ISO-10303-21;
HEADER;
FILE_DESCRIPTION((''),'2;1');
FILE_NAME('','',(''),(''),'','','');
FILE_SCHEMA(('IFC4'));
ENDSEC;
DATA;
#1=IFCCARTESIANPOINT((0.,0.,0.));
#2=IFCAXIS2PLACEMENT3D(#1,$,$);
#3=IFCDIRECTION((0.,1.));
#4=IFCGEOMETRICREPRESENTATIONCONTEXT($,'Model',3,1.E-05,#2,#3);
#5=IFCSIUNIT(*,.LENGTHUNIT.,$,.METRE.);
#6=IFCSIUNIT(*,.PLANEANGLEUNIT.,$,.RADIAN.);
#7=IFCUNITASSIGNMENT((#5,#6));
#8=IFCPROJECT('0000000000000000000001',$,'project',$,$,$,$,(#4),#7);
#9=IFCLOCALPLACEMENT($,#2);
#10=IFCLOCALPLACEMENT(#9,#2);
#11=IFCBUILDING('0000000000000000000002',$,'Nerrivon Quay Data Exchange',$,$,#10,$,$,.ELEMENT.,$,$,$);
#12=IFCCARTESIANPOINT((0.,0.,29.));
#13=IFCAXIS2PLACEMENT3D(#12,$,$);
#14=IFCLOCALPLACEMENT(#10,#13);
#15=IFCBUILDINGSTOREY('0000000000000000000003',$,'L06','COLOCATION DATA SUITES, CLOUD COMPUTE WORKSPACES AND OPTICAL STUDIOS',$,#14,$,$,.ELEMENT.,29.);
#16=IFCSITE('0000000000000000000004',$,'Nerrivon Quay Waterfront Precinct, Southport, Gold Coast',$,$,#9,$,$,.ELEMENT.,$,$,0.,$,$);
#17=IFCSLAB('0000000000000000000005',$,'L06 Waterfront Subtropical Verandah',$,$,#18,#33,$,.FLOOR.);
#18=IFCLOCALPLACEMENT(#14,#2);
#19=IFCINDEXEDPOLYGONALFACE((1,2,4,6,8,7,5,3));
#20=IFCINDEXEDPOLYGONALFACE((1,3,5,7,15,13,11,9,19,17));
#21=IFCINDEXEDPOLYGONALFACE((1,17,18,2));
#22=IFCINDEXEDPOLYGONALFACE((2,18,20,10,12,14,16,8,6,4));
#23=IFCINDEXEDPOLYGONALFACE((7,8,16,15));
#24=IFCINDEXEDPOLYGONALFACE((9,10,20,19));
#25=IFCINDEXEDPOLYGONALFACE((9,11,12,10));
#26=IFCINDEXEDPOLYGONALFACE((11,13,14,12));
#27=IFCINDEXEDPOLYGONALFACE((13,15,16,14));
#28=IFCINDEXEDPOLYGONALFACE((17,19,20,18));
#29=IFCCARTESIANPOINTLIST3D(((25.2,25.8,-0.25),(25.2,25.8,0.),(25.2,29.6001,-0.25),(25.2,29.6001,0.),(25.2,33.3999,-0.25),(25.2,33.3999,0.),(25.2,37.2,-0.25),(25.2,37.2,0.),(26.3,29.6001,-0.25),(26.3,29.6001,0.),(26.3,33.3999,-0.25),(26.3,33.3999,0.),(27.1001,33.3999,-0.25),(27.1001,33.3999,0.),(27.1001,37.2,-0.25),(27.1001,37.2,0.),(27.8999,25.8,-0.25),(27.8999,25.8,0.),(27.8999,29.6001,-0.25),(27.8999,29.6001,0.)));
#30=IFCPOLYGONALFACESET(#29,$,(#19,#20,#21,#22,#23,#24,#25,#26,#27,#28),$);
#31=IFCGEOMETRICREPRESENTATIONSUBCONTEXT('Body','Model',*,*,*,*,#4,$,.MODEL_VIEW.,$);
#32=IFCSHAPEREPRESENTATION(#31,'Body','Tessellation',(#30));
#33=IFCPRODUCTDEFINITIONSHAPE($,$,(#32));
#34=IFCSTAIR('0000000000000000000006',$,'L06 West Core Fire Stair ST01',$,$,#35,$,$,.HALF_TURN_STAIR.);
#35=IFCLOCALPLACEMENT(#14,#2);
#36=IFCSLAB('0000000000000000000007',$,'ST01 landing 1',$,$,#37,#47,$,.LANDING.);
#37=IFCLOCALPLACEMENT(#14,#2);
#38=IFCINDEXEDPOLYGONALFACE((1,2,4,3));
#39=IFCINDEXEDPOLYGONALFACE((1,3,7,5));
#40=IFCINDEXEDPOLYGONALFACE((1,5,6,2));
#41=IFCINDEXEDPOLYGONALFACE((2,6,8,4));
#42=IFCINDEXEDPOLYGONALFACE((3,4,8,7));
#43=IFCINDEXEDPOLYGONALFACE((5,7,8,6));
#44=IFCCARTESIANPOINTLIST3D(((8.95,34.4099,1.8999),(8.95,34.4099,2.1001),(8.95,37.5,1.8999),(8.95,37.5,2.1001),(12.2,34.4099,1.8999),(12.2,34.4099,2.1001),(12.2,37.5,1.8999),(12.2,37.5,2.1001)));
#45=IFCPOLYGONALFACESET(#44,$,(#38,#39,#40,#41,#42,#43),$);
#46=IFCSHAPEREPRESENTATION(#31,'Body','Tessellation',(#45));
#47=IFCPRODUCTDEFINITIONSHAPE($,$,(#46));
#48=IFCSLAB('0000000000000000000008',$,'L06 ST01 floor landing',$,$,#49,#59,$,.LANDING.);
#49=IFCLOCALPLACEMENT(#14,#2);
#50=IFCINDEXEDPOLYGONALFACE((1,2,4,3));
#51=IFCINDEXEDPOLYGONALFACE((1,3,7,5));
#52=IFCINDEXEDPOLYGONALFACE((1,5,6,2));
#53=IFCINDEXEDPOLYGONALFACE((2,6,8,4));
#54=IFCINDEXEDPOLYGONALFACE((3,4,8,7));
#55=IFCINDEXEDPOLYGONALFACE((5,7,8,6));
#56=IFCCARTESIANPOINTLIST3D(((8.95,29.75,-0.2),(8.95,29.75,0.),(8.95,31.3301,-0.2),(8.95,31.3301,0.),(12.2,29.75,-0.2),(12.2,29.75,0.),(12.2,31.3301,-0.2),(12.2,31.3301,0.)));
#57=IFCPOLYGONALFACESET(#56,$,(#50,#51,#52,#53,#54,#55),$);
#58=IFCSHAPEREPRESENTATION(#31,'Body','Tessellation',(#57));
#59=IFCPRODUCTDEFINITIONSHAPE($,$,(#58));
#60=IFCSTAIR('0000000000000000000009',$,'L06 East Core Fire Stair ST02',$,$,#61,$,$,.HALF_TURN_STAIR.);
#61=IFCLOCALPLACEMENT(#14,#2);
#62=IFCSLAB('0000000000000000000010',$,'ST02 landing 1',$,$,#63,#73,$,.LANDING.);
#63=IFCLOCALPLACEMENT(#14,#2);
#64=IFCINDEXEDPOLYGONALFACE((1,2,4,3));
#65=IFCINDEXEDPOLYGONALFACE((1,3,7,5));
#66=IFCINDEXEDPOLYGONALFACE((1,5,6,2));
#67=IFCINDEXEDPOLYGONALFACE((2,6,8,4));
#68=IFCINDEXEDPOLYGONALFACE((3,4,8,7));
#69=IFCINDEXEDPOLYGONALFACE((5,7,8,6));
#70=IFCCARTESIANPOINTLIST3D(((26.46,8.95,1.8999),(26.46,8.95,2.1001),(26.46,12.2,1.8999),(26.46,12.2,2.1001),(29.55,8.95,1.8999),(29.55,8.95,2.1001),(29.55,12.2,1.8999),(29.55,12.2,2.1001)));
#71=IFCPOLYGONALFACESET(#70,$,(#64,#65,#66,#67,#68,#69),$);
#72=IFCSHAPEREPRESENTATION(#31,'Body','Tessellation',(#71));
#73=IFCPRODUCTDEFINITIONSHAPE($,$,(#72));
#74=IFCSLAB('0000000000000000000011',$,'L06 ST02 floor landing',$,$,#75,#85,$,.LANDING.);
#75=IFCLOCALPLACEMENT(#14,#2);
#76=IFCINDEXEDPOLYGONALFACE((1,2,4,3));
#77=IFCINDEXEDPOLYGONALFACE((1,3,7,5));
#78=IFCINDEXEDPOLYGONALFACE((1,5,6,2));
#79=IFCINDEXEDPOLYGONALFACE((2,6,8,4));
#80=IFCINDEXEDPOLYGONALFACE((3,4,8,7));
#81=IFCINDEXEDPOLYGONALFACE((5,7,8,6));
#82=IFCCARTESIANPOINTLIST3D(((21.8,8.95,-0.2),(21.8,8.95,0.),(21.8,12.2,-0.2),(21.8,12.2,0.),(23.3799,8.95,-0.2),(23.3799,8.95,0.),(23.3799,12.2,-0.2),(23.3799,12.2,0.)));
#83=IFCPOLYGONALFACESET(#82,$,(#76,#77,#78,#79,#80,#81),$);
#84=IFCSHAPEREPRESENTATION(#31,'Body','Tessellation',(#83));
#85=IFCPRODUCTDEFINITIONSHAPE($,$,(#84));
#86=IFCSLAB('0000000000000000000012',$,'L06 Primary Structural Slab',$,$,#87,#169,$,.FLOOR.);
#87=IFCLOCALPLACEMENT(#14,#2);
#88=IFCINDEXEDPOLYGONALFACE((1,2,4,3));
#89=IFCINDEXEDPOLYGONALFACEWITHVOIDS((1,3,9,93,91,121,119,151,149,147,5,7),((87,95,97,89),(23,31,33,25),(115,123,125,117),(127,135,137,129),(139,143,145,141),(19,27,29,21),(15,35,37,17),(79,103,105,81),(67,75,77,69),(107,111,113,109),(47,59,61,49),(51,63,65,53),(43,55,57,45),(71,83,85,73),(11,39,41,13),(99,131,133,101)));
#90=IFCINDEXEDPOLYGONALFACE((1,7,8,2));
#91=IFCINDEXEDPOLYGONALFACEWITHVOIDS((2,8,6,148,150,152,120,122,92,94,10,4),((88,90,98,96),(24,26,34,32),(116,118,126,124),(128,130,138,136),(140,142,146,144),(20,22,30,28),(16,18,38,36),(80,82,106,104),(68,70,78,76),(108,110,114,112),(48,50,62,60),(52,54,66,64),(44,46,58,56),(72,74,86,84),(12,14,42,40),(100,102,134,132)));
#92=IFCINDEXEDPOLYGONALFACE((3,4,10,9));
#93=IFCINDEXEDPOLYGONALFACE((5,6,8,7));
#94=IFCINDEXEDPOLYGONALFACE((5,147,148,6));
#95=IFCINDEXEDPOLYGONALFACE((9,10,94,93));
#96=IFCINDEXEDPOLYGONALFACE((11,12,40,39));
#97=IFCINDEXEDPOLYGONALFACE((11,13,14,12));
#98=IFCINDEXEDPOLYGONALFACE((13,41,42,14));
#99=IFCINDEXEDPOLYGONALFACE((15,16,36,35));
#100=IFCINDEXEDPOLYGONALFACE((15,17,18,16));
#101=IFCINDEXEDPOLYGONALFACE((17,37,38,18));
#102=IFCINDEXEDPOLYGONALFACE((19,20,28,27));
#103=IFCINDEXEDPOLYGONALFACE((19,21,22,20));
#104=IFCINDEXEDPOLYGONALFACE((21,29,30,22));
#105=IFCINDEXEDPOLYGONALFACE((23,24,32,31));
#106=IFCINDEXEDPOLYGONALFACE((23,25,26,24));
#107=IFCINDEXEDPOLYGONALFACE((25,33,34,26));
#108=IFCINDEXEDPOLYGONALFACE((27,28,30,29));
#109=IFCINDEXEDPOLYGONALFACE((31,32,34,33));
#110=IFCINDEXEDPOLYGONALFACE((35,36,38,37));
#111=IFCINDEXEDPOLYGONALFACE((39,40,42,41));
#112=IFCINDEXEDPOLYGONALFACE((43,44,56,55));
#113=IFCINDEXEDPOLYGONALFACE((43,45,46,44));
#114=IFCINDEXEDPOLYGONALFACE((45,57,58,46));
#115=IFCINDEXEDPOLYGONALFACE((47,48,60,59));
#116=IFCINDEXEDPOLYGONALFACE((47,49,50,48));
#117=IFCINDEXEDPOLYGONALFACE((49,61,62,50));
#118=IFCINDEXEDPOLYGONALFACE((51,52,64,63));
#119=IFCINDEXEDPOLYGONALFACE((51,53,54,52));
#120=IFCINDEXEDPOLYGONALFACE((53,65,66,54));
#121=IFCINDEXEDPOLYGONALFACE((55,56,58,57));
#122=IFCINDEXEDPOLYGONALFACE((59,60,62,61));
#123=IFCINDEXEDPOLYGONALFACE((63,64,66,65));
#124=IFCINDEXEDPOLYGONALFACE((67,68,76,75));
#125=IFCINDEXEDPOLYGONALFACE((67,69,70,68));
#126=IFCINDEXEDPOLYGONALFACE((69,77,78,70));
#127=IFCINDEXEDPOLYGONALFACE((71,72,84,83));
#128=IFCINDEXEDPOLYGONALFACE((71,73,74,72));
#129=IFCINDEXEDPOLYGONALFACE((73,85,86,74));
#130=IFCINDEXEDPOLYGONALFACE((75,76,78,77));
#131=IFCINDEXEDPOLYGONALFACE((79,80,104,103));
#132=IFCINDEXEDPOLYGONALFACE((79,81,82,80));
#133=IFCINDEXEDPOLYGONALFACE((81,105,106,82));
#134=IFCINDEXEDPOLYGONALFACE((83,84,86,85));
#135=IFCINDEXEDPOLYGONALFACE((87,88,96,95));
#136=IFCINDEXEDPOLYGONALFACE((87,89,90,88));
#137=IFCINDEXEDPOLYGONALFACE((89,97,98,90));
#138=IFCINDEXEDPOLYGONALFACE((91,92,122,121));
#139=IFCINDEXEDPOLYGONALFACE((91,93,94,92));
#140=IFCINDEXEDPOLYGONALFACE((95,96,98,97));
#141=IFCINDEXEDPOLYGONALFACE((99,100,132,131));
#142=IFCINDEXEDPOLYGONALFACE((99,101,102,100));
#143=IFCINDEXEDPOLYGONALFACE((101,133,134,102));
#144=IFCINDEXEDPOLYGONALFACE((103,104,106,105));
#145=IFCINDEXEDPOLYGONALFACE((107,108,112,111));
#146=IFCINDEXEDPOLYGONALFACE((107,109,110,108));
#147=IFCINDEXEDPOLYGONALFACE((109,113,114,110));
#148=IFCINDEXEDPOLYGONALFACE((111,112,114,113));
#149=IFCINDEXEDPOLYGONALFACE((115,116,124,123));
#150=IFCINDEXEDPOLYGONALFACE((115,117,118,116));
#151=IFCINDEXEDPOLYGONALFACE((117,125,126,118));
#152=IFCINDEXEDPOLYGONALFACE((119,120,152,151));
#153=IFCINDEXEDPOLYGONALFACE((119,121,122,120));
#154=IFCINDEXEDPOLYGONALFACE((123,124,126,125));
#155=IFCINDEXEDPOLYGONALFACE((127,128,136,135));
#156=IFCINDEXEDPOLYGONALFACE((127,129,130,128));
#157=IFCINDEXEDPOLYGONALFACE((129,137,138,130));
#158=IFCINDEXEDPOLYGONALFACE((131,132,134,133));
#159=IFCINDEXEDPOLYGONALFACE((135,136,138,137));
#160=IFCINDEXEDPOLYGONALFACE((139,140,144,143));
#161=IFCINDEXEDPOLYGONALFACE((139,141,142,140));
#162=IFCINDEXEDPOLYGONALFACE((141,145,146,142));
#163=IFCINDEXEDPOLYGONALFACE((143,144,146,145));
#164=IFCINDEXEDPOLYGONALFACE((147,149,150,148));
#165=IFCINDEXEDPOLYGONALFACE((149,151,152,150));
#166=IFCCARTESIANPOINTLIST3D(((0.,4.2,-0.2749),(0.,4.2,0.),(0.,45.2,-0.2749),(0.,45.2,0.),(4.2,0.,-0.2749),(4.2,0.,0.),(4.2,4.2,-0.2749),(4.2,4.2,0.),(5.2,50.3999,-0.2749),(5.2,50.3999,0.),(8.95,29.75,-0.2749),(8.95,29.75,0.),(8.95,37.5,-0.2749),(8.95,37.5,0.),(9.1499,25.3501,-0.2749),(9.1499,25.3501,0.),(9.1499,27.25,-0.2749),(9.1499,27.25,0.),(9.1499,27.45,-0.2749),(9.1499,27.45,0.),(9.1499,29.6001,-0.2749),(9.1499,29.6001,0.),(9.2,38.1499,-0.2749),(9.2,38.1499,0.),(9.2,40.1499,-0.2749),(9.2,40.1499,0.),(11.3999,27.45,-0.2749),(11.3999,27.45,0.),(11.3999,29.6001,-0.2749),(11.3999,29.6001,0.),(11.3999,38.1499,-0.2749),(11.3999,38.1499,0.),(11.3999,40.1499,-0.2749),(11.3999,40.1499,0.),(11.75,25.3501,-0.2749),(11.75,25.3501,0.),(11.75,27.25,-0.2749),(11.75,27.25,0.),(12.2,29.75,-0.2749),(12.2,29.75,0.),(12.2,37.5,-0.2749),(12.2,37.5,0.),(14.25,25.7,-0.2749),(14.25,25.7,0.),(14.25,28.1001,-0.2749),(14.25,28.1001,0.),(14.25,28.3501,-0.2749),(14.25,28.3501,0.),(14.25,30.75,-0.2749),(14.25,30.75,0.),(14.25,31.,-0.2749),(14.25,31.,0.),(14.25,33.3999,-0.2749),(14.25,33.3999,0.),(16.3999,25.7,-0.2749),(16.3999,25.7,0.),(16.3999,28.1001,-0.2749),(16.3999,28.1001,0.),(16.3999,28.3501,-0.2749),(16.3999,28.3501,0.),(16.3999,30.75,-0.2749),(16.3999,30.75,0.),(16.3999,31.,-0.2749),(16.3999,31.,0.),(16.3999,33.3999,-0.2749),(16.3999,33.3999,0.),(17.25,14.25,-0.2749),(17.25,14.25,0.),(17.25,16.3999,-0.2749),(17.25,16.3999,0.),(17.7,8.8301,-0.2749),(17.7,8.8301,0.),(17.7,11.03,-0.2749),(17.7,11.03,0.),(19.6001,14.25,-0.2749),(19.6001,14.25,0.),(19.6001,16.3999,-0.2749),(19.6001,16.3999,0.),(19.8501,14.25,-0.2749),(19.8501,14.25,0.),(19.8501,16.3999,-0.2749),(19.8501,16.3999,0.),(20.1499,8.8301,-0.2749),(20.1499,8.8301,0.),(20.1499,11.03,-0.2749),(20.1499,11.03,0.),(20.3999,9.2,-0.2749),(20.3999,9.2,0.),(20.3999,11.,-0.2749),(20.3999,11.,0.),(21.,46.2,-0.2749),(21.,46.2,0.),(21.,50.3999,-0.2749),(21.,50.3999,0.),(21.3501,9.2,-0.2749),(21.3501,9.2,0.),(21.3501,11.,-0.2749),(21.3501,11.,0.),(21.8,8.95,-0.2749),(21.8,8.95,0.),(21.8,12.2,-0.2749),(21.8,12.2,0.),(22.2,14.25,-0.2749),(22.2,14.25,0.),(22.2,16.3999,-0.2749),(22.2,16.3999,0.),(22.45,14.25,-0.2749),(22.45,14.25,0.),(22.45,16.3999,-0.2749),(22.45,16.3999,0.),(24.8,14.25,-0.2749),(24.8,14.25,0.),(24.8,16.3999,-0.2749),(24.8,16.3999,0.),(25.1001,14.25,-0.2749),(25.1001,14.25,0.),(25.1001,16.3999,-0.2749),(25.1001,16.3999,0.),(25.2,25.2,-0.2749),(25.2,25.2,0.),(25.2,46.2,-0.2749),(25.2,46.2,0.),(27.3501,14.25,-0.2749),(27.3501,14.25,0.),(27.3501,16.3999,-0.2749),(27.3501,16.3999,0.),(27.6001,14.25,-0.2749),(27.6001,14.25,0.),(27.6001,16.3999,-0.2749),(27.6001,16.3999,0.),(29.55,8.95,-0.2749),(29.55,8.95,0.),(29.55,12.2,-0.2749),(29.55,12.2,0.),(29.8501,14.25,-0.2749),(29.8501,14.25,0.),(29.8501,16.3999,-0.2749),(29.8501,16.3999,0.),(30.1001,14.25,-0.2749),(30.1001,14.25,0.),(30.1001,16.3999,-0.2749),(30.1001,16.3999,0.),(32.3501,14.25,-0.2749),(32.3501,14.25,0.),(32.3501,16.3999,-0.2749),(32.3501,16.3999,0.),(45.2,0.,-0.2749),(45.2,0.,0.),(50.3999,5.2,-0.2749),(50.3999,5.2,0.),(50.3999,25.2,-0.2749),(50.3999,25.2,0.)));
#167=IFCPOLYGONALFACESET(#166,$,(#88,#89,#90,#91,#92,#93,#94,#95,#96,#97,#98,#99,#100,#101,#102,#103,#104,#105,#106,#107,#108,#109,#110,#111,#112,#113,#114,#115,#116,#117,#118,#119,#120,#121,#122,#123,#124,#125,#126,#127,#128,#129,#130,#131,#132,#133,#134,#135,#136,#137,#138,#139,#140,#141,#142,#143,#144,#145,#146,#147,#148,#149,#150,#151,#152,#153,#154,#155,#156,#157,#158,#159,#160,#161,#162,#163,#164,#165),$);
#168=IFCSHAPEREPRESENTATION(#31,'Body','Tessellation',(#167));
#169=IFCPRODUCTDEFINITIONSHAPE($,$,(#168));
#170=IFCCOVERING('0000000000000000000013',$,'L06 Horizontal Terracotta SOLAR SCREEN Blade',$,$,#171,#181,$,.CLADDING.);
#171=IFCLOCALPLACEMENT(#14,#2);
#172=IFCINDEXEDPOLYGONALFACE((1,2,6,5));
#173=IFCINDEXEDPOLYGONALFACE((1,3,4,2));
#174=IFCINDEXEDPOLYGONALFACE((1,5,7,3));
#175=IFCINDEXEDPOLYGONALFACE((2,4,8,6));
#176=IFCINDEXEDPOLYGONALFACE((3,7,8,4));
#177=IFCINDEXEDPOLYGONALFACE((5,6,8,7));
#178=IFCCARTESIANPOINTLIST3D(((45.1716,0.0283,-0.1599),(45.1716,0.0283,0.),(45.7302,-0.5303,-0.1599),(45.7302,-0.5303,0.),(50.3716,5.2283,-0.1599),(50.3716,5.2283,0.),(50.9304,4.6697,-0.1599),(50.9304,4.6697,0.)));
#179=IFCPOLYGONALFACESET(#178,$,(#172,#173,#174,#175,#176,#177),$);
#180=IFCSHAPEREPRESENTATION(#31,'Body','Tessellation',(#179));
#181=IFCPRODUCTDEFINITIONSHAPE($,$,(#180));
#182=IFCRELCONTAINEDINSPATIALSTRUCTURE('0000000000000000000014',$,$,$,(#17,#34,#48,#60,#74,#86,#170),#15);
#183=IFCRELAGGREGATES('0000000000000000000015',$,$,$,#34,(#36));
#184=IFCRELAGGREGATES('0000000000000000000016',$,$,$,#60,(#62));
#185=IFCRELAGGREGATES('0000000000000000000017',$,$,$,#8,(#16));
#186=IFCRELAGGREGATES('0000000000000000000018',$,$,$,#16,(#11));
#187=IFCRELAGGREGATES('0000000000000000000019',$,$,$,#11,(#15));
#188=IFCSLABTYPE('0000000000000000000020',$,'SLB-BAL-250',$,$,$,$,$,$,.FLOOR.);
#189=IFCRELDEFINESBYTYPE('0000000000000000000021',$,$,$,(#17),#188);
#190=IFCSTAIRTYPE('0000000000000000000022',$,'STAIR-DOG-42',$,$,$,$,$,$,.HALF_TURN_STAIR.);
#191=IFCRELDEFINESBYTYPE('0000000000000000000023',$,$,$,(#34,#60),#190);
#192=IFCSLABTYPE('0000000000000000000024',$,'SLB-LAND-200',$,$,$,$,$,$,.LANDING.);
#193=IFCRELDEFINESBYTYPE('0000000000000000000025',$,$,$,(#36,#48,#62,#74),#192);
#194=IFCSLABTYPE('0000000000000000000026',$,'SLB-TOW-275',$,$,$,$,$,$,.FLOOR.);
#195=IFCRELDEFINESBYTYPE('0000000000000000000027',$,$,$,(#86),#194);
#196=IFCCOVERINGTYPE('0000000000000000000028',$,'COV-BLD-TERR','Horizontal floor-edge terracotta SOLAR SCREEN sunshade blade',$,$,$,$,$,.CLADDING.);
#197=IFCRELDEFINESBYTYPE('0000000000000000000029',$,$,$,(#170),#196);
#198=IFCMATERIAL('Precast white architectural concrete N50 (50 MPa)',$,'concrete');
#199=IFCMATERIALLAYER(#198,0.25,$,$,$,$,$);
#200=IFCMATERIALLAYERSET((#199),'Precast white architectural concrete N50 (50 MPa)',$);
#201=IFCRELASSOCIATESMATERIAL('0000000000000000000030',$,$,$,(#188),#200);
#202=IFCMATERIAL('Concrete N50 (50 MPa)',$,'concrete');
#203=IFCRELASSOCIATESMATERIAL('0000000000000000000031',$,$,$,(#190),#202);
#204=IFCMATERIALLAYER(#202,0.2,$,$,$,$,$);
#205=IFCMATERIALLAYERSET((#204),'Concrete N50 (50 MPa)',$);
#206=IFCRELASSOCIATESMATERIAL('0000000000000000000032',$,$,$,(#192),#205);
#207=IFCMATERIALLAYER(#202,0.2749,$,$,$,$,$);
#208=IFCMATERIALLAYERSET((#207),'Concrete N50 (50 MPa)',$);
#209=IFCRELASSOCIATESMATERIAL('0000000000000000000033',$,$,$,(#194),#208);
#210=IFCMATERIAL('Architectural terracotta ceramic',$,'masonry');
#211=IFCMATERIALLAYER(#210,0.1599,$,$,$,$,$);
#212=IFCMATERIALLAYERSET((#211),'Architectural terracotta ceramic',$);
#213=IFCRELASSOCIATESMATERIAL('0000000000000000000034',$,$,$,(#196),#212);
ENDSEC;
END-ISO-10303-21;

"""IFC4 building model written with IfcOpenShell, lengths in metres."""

from ifc_helpers import new_model, si_unit, direction, frame, origin, place, context, subcontext, project, spatial, polyline, outline, extrude, material, layer, layer_set, type_object, element, aggregate, save


model = new_model("IFC4")

# Units and contexts
model_context = context("Model", 3, precision=1e-05, world=origin(), true_north=direction((0.0, 1.0)))
body_context = subcontext(model_context, "Body", "Model", "MODEL_VIEW")
ifc_project = project(units=[si_unit("LENGTHUNIT", "METRE"), si_unit("PLANEANGLEUNIT", "RADIAN")], contexts=[model_context])

# Site, building, storey
site_placement = place(None, origin())
site = spatial("IfcSite", under=ifc_project, at=site_placement, Name="Nerrivon Quay Waterfront Precinct, Southport, Gold Coast", CompositionType="ELEMENT", RefElevation=0.0)
building_placement = place(site_placement, origin())
building = spatial("IfcBuilding", under=site, at=building_placement, Name="Nerrivon Quay Data Exchange", CompositionType="ELEMENT")
storey_placement = place(building_placement, frame((0.0, 0.0, 29.0)))
storey = spatial("IfcBuildingStorey", under=building, at=storey_placement, Name="L06", Description="COLOCATION DATA SUITES, CLOUD COMPUTE WORKSPACES AND OPTICAL STUDIOS", CompositionType="ELEMENT", Elevation=29.0)

# Slab
ifc_material_1 = material(Name="Precast white architectural concrete N50 (50 MPa)", Category="concrete")
ifc_layer_1 = layer(ifc_material_1, 0.25)
ifc_layer_set_1 = layer_set([ifc_layer_1], Name="Precast white architectural concrete N50 (50 MPa)")
slab_type_1 = type_object("IfcSlabType", Name="SLB-BAL-250", PredefinedType="FLOOR", material=ifc_layer_set_1)
slab_1_placement = place(storey_placement, frame((0.0, 0.0, -0.25)))
element("IfcSlab", 1, at=slab_1_placement, inside=storey, type_object=slab_type_1, Name="L06 Waterfront Subtropical Verandah", PredefinedType="FLOOR", context=body_context, shape_type="SweptSolid", body=[
    extrude(outline(polyline([(26.3, 29.6001), (26.3, 33.3999), (27.1001, 33.3999), (27.1001, 37.2), (25.2, 37.2), (25.2, 33.3999), (25.2, 29.6001), (25.2, 25.8), (27.8999, 25.8), (27.8999, 29.6001), (26.3, 29.6001)])), origin(), (0.0, 0.0, 1.0), 0.25),
])

# Stair, slab
ifc_material_2 = material(Name="Concrete N50 (50 MPa)", Category="concrete")
stair_type = type_object("IfcStairType", Name="STAIR-DOG-42", PredefinedType="HALF_TURN_STAIR", material=ifc_material_2)
stair_1_placement = place(storey_placement, origin())
stair_1 = element("IfcStair", 2, at=stair_1_placement, inside=storey, type_object=stair_type, Name="L06 West Core Fire Stair ST01", PredefinedType="HALF_TURN_STAIR")
ifc_layer_2 = layer(ifc_material_2, 0.2)
ifc_layer_set_2 = layer_set([ifc_layer_2], Name="Concrete N50 (50 MPa)")
slab_type_2 = type_object("IfcSlabType", Name="SLB-LAND-200", PredefinedType="LANDING", material=ifc_layer_set_2)
slab_2_placement = place(storey_placement, frame((0.0, 0.0, 1.8999)))
slab_2 = element("IfcSlab", 3, at=slab_2_placement, type_object=slab_type_2, Name="ST01 landing 1", PredefinedType="LANDING", context=body_context, shape_type="SweptSolid", body=[
    extrude(outline(polyline([(12.2, 34.4099), (12.2, 37.5), (8.95, 37.5), (8.95, 34.4099), (12.2, 34.4099)])), origin(), (0.0, 0.0, 1.0), 0.2002),
])
aggregate(stair_1, [slab_2])

# Slab
slab_3_placement = place(storey_placement, frame((0.0, 0.0, -0.2)))
element("IfcSlab", 4, at=slab_3_placement, inside=storey, type_object=slab_type_2, Name="L06 ST01 floor landing", PredefinedType="LANDING", context=body_context, shape_type="SweptSolid", body=[
    extrude(outline(polyline([(12.2, 29.75), (12.2, 31.3301), (8.95, 31.3301), (8.95, 29.75), (12.2, 29.75)])), origin(), (0.0, 0.0, 1.0), 0.2),
])

# Stair, slab
stair_2_placement = place(storey_placement, origin())
stair_2 = element("IfcStair", 5, at=stair_2_placement, inside=storey, type_object=stair_type, Name="L06 East Core Fire Stair ST02", PredefinedType="HALF_TURN_STAIR")
slab_4_placement = place(storey_placement, frame((0.0, 0.0, 1.8999)))
slab_4 = element("IfcSlab", 6, at=slab_4_placement, type_object=slab_type_2, Name="ST02 landing 1", PredefinedType="LANDING", context=body_context, shape_type="SweptSolid", body=[
    extrude(outline(polyline([(26.46, 8.95), (29.55, 8.95), (29.55, 12.2), (26.46, 12.2), (26.46, 8.95)])), origin(), (0.0, 0.0, 1.0), 0.2002),
])
aggregate(stair_2, [slab_4])

# Slabs
slab_5_placement = place(storey_placement, frame((0.0, 0.0, -0.2)))
element("IfcSlab", 7, at=slab_5_placement, inside=storey, type_object=slab_type_2, Name="L06 ST02 floor landing", PredefinedType="LANDING", context=body_context, shape_type="SweptSolid", body=[
    extrude(outline(polyline([(21.8, 8.95), (23.3799, 8.95), (23.3799, 12.2), (21.8, 12.2), (21.8, 8.95)])), origin(), (0.0, 0.0, 1.0), 0.2),
])
ifc_layer_3 = layer(ifc_material_2, 0.2749)
ifc_layer_set_3 = layer_set([ifc_layer_3], Name="Concrete N50 (50 MPa)")
slab_type_3 = type_object("IfcSlabType", Name="SLB-TOW-275", PredefinedType="FLOOR", material=ifc_layer_set_3)
slab_6_placement = place(storey_placement, frame((0.0, 0.0, -0.2749)))
element("IfcSlab", 8, at=slab_6_placement, inside=storey, type_object=slab_type_3, Name="L06 Primary Structural Slab", PredefinedType="FLOOR", context=body_context, shape_type="SweptSolid", body=[
    extrude(outline(polyline([(50.3999, 25.2), (25.2, 25.2), (25.2, 46.2), (21.0, 46.2), (21.0, 50.3999), (5.2, 50.3999), (0.0, 45.2), (0.0, 4.2), (4.2, 4.2), (4.2, 0.0), (45.2, 0.0), (50.3999, 5.2), (50.3999, 25.2)]), holes=[polyline([(8.95, 29.75), (8.95, 37.5), (12.2, 37.5), (12.2, 29.75), (8.95, 29.75)]), polyline([(21.8, 12.2), (29.55, 12.2), (29.55, 8.95), (21.8, 8.95), (21.8, 12.2)]), polyline([(30.1001, 16.3999), (32.3501, 16.3999), (32.3501, 14.25), (30.1001, 14.25), (30.1001, 16.3999)]), polyline([(27.6001, 16.3999), (29.8501, 16.3999), (29.8501, 14.25), (27.6001, 14.25), (27.6001, 16.3999)]), polyline([(25.1001, 16.3999), (27.3501, 16.3999), (27.3501, 14.25), (25.1001, 14.25), (25.1001, 16.3999)]), polyline([(22.45, 16.3999), (24.8, 16.3999), (24.8, 14.25), (22.45, 14.25), (22.45, 16.3999)]), polyline([(19.8501, 16.3999), (22.2, 16.3999), (22.2, 14.25), (19.8501, 14.25), (19.8501, 16.3999)]), polyline([(20.3999, 11.0), (21.3501, 11.0), (21.3501, 9.2), (20.3999, 9.2), (20.3999, 11.0)]), polyline([(17.7, 8.8301), (17.7, 11.03), (20.1499, 11.03), (20.1499, 8.8301), (17.7, 8.8301)]), polyline([(17.25, 14.25), (17.25, 16.3999), (19.6001, 16.3999), (19.6001, 14.25), (17.25, 14.25)]), polyline([(14.25, 28.1001), (16.3999, 28.1001), (16.3999, 25.7), (14.25, 25.7), (14.25, 28.1001)]), polyline([(14.25, 30.75), (16.3999, 30.75), (16.3999, 28.3501), (14.25, 28.3501), (14.25, 30.75)]), polyline([(14.25, 33.3999), (16.3999, 33.3999), (16.3999, 31.0), (14.25, 31.0), (14.25, 33.3999)]), polyline([(9.1499, 27.25), (11.75, 27.25), (11.75, 25.3501), (9.1499, 25.3501), (9.1499, 27.25)]), polyline([(9.1499, 29.6001), (11.3999, 29.6001), (11.3999, 27.45), (9.1499, 27.45), (9.1499, 29.6001)]), polyline([(9.2, 40.1499), (11.3999, 40.1499), (11.3999, 38.1499), (9.2, 38.1499), (9.2, 40.1499)])]), origin(), (0.0, 0.0, 1.0), 0.2749),
])

# Covering
ifc_material_3 = material(Name="Architectural terracotta ceramic", Category="masonry")
ifc_layer_4 = layer(ifc_material_3, 0.1599)
ifc_layer_set_4 = layer_set([ifc_layer_4], Name="Architectural terracotta ceramic")
covering_type = type_object("IfcCoveringType", Name="COV-BLD-TERR", Description="Horizontal floor-edge terracotta SOLAR SCREEN sunshade blade", PredefinedType="CLADDING", material=ifc_layer_set_4)
covering_1_placement = place(storey_placement, frame((0.0, 0.0, -0.1599)))
element("IfcCovering", 9, at=covering_1_placement, inside=storey, type_object=covering_type, Name="L06 Horizontal Terracotta SOLAR SCREEN Blade", PredefinedType="CLADDING", context=body_context, shape_type="SweptSolid", body=[
    extrude(outline(polyline([(50.3716, 5.2283), (45.1716, 0.0283), (45.7302, -0.5303), (50.9304, 4.6697), (50.3716, 5.2283)])), origin(), (0.0, 0.0, 1.0), 0.1599),
])

save(model, "model.ifc")
